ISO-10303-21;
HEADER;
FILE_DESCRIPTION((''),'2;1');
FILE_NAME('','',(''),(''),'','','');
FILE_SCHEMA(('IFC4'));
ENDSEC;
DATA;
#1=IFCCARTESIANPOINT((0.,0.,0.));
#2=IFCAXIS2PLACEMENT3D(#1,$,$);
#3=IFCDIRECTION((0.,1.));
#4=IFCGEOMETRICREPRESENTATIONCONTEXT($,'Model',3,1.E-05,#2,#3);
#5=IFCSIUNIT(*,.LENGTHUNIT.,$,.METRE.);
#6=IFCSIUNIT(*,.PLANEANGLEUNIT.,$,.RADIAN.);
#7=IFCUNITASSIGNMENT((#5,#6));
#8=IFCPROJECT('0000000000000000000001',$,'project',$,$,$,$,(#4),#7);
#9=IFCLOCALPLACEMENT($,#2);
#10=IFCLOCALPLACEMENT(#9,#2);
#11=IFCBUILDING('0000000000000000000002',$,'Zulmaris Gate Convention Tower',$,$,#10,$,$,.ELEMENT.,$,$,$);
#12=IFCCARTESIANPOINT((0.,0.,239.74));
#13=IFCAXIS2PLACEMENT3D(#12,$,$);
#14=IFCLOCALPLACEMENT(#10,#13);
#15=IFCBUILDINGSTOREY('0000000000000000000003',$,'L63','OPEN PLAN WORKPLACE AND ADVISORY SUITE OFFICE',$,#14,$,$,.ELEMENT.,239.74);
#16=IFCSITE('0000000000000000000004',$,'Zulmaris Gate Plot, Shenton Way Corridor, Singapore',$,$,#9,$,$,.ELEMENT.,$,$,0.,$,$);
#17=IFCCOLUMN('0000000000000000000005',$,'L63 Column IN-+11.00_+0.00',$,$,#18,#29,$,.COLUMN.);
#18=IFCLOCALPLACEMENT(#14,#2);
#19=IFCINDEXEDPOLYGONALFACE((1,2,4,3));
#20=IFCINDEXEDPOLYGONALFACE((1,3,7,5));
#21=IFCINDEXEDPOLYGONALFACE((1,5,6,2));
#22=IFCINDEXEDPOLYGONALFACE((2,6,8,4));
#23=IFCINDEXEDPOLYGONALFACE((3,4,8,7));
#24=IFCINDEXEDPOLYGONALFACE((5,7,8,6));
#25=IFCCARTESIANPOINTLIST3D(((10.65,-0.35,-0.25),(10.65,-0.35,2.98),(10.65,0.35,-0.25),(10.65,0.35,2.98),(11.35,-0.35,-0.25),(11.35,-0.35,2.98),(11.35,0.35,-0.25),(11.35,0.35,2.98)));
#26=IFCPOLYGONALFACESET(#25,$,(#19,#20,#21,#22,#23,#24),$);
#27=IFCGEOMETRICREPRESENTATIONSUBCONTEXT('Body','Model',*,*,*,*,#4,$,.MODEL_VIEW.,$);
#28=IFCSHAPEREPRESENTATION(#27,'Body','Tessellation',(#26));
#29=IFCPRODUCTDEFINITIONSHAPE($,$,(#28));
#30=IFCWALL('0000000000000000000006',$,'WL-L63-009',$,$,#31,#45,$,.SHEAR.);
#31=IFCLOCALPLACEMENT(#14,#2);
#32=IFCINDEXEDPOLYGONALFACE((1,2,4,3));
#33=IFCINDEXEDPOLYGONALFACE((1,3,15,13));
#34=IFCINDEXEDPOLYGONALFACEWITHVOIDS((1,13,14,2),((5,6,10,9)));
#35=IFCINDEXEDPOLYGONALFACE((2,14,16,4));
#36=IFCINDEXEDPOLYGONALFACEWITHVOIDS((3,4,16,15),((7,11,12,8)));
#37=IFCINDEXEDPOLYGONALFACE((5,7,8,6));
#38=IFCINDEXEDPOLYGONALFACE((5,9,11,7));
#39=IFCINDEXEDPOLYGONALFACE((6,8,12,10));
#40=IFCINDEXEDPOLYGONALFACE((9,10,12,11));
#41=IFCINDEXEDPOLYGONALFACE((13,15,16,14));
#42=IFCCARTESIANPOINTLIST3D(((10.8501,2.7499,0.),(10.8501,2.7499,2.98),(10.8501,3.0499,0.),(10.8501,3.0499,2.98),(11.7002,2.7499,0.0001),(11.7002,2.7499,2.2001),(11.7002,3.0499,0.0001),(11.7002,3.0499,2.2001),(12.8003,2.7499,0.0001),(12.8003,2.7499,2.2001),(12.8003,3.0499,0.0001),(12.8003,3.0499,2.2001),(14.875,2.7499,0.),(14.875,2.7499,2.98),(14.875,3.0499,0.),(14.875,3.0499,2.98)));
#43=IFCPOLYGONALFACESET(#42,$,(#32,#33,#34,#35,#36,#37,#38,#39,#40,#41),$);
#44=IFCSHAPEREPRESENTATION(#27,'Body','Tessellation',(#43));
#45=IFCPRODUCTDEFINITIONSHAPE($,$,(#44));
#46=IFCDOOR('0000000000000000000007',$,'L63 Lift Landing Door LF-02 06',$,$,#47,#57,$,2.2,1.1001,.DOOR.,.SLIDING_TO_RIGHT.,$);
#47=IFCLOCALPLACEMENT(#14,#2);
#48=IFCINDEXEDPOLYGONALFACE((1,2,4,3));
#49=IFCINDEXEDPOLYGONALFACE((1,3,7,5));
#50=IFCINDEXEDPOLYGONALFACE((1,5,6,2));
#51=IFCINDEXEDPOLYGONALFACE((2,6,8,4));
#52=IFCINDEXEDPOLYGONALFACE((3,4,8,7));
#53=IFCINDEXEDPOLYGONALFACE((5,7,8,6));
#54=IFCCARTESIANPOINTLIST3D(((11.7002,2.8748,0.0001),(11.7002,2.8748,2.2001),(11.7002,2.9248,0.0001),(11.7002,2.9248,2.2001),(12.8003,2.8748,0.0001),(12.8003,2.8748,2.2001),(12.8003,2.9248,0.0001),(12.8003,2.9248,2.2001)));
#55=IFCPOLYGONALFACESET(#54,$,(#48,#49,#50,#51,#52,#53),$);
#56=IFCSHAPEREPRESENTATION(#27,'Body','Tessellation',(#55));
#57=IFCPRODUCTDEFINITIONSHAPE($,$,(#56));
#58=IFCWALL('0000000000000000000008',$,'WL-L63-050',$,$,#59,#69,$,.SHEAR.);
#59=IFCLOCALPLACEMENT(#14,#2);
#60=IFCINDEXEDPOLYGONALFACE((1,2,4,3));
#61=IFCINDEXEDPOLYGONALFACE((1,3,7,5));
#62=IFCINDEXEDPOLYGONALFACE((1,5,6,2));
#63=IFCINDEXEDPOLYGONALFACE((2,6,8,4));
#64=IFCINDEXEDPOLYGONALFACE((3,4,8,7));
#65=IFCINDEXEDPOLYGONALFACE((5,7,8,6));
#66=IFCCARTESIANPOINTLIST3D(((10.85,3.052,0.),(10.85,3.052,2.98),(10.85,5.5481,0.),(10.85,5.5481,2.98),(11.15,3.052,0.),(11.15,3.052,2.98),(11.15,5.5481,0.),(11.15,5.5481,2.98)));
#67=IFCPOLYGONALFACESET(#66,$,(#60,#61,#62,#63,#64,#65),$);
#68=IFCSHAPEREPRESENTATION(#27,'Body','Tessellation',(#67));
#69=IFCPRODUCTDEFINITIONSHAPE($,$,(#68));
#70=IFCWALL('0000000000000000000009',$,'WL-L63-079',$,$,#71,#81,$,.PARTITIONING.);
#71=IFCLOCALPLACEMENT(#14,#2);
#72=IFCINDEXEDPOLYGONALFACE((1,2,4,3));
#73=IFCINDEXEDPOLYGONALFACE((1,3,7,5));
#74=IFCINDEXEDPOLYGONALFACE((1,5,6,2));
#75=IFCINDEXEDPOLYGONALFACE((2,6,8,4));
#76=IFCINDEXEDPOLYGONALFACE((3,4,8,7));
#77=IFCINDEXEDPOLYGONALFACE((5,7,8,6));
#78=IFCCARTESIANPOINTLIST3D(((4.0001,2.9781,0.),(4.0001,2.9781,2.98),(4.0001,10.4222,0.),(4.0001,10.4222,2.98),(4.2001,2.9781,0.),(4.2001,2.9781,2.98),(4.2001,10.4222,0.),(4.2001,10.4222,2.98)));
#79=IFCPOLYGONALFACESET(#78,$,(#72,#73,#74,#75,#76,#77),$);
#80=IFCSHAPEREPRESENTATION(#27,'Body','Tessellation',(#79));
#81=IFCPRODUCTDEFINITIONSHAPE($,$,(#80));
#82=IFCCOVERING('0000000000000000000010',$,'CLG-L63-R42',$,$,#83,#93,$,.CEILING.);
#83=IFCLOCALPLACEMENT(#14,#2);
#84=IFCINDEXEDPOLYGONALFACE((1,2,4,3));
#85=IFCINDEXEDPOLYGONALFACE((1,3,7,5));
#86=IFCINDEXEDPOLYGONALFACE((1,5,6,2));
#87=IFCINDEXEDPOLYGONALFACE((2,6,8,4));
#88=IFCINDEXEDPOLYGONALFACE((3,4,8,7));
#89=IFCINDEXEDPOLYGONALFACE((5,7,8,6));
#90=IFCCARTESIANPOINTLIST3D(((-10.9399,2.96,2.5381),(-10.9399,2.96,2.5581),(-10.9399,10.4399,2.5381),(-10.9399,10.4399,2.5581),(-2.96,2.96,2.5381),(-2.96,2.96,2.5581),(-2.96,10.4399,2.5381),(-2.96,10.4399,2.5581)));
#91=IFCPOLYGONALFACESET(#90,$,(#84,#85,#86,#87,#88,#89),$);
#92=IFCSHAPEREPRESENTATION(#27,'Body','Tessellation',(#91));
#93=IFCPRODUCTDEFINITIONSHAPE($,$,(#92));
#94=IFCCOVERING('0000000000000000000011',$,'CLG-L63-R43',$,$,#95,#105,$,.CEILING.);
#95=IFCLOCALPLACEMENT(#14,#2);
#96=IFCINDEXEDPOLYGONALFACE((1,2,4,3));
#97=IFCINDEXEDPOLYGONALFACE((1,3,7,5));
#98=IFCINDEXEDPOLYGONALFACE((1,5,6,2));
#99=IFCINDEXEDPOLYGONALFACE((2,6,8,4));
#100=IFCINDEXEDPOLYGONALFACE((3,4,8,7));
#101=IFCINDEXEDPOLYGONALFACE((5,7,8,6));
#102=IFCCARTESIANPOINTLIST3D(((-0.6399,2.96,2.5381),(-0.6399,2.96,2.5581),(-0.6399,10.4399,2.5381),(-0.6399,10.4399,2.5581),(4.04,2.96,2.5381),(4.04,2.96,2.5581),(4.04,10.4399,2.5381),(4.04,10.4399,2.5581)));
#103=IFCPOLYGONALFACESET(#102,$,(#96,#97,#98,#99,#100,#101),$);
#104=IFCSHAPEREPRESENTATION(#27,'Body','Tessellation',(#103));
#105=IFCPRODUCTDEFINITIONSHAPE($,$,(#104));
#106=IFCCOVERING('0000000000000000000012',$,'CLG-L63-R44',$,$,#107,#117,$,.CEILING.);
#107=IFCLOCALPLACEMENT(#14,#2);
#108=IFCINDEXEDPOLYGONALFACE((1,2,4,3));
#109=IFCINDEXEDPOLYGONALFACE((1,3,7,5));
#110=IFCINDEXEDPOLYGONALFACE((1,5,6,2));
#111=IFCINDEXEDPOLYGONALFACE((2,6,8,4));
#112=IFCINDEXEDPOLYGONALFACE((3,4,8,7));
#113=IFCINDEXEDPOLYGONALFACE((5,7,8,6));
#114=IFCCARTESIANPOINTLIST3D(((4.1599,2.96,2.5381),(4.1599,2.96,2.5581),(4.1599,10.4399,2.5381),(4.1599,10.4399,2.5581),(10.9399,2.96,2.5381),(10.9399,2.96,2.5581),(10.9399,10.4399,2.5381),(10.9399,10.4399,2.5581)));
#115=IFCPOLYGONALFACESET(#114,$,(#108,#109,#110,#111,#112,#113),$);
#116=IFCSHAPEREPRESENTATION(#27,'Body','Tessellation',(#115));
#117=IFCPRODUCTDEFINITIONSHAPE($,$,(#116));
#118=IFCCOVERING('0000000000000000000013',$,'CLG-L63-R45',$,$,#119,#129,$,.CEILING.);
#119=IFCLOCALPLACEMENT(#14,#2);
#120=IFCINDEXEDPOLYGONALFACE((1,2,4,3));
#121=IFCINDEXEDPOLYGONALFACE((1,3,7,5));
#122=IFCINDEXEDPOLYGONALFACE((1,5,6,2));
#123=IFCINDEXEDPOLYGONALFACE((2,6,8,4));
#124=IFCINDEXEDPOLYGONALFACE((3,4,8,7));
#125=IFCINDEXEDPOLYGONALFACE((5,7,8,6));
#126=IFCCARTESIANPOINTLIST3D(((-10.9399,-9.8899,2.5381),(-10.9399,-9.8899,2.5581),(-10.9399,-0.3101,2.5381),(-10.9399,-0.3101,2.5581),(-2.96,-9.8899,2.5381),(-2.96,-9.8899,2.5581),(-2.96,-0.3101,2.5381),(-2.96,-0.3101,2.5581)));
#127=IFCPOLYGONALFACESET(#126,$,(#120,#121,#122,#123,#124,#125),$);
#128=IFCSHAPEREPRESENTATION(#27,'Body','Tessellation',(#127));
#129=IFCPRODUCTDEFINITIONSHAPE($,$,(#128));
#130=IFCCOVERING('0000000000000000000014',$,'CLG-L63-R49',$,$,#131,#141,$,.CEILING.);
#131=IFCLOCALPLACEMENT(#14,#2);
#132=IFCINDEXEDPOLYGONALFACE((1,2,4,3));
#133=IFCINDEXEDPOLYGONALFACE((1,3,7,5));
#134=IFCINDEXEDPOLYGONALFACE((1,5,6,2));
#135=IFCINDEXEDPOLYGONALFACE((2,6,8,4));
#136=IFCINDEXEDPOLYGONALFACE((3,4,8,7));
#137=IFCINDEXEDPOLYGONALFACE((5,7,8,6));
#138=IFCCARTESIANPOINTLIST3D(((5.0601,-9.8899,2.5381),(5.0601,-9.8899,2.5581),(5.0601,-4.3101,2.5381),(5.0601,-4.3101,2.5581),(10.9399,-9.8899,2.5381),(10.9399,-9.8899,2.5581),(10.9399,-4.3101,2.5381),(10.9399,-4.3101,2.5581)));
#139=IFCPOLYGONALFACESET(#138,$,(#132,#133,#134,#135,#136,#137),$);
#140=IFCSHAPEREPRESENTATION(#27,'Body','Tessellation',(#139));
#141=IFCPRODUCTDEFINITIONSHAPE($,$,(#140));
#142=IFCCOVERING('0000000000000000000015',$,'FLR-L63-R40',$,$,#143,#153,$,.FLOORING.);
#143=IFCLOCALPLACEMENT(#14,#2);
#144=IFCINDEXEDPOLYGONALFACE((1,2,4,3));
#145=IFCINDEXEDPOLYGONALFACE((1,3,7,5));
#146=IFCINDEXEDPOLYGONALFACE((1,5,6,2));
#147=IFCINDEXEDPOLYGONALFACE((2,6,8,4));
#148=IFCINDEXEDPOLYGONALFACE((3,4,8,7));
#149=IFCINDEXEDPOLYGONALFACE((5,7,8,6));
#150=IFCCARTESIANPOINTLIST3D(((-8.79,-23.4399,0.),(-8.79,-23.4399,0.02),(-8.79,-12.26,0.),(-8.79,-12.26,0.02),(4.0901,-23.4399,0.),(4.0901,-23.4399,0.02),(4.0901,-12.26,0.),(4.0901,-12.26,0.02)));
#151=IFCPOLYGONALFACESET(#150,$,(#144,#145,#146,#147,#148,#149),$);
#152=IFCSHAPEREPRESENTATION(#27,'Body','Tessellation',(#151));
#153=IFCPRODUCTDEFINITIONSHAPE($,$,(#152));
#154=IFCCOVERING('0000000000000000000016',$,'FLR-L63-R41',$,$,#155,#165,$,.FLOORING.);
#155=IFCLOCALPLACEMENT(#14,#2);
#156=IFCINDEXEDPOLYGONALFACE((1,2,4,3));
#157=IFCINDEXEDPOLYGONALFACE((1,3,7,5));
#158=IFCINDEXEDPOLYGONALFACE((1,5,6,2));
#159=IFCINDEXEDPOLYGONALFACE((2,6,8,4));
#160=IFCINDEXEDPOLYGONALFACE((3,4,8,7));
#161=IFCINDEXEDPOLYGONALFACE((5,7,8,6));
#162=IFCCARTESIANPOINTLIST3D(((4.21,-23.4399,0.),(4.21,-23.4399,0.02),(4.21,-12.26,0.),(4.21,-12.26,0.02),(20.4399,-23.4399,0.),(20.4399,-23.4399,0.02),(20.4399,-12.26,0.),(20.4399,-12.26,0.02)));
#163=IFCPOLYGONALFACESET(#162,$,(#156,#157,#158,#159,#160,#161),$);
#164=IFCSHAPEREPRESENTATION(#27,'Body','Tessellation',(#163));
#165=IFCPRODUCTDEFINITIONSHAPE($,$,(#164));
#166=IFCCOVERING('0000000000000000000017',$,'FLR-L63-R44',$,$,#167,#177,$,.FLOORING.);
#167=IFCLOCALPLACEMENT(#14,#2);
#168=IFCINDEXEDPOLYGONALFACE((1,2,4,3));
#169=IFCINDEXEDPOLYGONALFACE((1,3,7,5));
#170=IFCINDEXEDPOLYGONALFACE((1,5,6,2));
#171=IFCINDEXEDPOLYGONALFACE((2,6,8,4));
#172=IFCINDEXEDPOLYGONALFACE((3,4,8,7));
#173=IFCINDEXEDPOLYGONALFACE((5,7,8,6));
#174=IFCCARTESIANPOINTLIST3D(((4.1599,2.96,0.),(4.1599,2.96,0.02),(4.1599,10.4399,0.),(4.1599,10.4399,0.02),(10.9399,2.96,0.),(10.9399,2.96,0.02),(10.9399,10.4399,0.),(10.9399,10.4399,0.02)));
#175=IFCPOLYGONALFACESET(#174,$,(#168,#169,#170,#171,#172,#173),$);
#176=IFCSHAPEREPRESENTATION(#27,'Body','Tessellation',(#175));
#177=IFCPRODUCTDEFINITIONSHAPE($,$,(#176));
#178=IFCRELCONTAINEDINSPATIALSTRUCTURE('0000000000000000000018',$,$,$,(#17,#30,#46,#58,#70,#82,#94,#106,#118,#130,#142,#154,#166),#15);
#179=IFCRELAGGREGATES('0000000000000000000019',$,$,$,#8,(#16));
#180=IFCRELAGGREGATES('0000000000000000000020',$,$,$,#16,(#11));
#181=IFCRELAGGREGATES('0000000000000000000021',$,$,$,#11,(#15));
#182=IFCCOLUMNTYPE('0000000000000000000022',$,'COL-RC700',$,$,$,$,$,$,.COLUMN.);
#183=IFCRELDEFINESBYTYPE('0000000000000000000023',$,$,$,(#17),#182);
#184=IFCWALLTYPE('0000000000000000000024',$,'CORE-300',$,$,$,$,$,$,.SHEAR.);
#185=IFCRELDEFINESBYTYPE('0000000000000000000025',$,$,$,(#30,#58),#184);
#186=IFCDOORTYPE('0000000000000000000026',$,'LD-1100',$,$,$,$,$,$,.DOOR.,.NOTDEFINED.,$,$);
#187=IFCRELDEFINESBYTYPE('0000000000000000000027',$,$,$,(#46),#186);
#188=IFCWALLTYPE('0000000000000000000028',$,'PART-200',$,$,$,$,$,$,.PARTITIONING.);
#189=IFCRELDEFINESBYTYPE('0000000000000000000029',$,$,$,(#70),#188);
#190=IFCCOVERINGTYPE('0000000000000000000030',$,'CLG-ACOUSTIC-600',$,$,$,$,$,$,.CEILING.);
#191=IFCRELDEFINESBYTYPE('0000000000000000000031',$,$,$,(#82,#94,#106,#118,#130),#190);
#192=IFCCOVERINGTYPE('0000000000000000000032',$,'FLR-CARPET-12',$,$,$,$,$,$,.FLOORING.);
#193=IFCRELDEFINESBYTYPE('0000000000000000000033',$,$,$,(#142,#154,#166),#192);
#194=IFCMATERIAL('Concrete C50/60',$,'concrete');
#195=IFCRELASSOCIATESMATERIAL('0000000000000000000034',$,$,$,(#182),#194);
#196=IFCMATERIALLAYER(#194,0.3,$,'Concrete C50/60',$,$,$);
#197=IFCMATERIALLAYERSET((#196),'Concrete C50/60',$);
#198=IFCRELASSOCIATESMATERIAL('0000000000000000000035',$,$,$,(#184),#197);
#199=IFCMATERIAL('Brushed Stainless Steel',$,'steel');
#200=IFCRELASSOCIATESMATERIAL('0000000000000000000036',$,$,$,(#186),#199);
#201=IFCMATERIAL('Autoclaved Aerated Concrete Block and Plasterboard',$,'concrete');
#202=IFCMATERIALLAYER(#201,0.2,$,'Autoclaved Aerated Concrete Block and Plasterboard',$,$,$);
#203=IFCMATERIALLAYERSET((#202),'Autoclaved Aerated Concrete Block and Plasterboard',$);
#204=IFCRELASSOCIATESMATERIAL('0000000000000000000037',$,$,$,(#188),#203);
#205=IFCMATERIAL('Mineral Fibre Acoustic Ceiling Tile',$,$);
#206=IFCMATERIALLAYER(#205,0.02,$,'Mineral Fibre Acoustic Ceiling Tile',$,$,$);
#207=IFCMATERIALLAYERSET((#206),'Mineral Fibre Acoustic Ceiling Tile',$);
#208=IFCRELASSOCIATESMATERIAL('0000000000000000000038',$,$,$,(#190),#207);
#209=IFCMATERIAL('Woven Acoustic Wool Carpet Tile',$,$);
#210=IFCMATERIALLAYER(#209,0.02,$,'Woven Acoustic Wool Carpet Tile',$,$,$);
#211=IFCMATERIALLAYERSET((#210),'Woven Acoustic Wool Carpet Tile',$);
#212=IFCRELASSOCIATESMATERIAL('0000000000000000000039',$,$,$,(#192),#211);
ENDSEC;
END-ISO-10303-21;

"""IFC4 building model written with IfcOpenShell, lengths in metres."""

from ifc_helpers import new_model, si_unit, direction, frame, frame_2d, origin, origin_2d, place, context, subcontext, project, spatial, polyline, rectangle, outline, extrude, material, layer, layer_set, material_profile, profile_set, type_object, element, fill, save


model = new_model("IFC4")

# Units and contexts
model_context = context("Model", 3, precision=1e-05, world=origin(), true_north=direction((0.0, 1.0)))
body_context = subcontext(model_context, "Body", "Model", "MODEL_VIEW")
ifc_project = project(units=[si_unit("LENGTHUNIT", "METRE"), si_unit("PLANEANGLEUNIT", "RADIAN")], contexts=[model_context])

# Site, building, storey
site_placement = place(None, origin())
site = spatial("IfcSite", under=ifc_project, at=site_placement, Name="Zulmaris Gate Plot, Shenton Way Corridor, Singapore", CompositionType="ELEMENT", RefElevation=0.0)
building_placement = place(site_placement, origin())
building = spatial("IfcBuilding", under=site, at=building_placement, Name="Zulmaris Gate Convention Tower", CompositionType="ELEMENT")
storey_placement = place(building_placement, frame((0.0, 0.0, 239.74)))
storey = spatial("IfcBuildingStorey", under=building, at=storey_placement, Name="L63", Description="OPEN PLAN WORKPLACE AND ADVISORY SUITE OFFICE", CompositionType="ELEMENT", Elevation=239.74)

# Column
ifc_material_1 = material(Name="Concrete C50/60", Category="concrete")
ifc_material_profile = material_profile(ifc_material_1, rectangle(XDim=0.7, YDim=0.7, at=origin_2d()), Name="RC COL 700x700")
ifc_profile_set = profile_set([ifc_material_profile], Name="Concrete C50/60")
column_type = type_object("IfcColumnType", Name="COL-RC700", PredefinedType="COLUMN", material=ifc_profile_set)
column_placement = place(storey_placement, frame((11.0, 0.0, -0.25), z_axis=(0.0, 0.0, 1.0), x_axis=(1.0, 0.0, 0.0)))
element("IfcColumn", 1, at=column_placement, inside=storey, type_object=column_type, Name="L63 Column IN-+11.00_+0.00", PredefinedType="COLUMN", context=body_context, shape_type="SweptSolid", body=[
    extrude(rectangle(XDim=0.7, YDim=0.7, at=origin_2d()), origin(), (0.0, 0.0, 1.0), 3.23),
])

# Wall, opening, door
ifc_layer_1 = layer(ifc_material_1, 0.3, Name="Concrete C50/60")
ifc_layer_set_1 = layer_set([ifc_layer_1], Name="Concrete C50/60")
wall_type_1 = type_object("IfcWallType", Name="CORE-300", PredefinedType="SHEAR", material=ifc_layer_set_1)
wall_1_placement = place(storey_placement, frame((10.8501, 2.8999, 0.0), z_axis=(0.0, 0.0, 1.0), x_axis=(1.0, 0.0, 0.0)))
wall_1 = element("IfcWall", 2, at=wall_1_placement, inside=storey, type_object=wall_type_1, Name="WL-L63-009", PredefinedType="SHEAR", context=body_context, shape_type="SweptSolid", body=[
    extrude(rectangle(XDim=4.0249, YDim=0.3, at=frame_2d((2.0125, 0.0))), origin(), (0.0, 0.0, 1.0), 2.98),
])
opening_1_placement = place(wall_1_placement, frame((0.8501, 0.0, 0.0)))
opening_1 = element("IfcOpeningElement", 3, at=opening_1_placement, cuts=wall_1, PredefinedType="OPENING", context=body_context, shape_type="SweptSolid", body=[
    extrude(rectangle(XDim=1.1001, YDim=2.2, at=frame_2d((0.55, 1.1001))), frame((0.0, 0.1602, 0.0), z_axis=(0.0, -1.0, 0.0), x_axis=(1.0, 0.0, 0.0)), (0.0, 0.0, 1.0), 0.3201),
])
ifc_material_2 = material(Name="Brushed Stainless Steel", Category="steel")
door_type_1 = type_object("IfcDoorType", Name="LD-1100", OperationType="NOTDEFINED", PredefinedType="DOOR", material=ifc_material_2)
door_1_placement = place(opening_1_placement, origin())
door_1 = element("IfcDoor", 4, at=door_1_placement, inside=storey, type_object=door_type_1, Name="L63 Lift Landing Door LF-02 06", OperationType="SLIDING_TO_RIGHT", OverallHeight=2.2, OverallWidth=1.1001, PredefinedType="DOOR", context=body_context, shape_type="SweptSolid", body=[
    extrude(rectangle(XDim=1.1001, YDim=2.2, at=frame_2d((0.55, 1.1001))), frame((0.0, 0.0249, 0.0), z_axis=(0.0, -1.0, 0.0), x_axis=(1.0, 0.0, 0.0)), (0.0, 0.0, 1.0), 0.05),
])
fill(opening_1, door_1)

# Walls
wall_2_placement = place(storey_placement, frame((11.0, 3.052, 0.0), z_axis=(0.0, 0.0, 1.0), x_axis=(0.0, 1.0, 0.0)))
element("IfcWall", 5, at=wall_2_placement, inside=storey, type_object=wall_type_1, Name="WL-L63-050", PredefinedType="SHEAR", context=body_context, shape_type="SweptSolid", body=[
    extrude(rectangle(XDim=2.4961, YDim=0.3, at=frame_2d((1.248, 0.0))), origin(), (0.0, 0.0, 1.0), 2.98),
])
ifc_material_3 = material(Name="Autoclaved Aerated Concrete Block and Plasterboard", Category="concrete")
ifc_layer_2 = layer(ifc_material_3, 0.2, Name="Autoclaved Aerated Concrete Block and Plasterboard")
ifc_layer_set_2 = layer_set([ifc_layer_2], Name="Autoclaved Aerated Concrete Block and Plasterboard")
wall_type_2 = type_object("IfcWallType", Name="PART-200", PredefinedType="PARTITIONING", material=ifc_layer_set_2)
wall_3_placement = place(storey_placement, frame((4.1001, 2.978, 0.0), z_axis=(0.0, 0.0, 1.0), x_axis=(0.0, 1.0, 0.0)))
element("IfcWall", 6, at=wall_3_placement, inside=storey, type_object=wall_type_2, Name="WL-L63-079", PredefinedType="PARTITIONING", context=body_context, shape_type="SweptSolid", body=[
    extrude(rectangle(XDim=7.4441, YDim=0.2, at=frame_2d((3.7222, 0.0))), origin(), (0.0, 0.0, 1.0), 2.98),
])

# Coverings
ifc_material_4 = material(Name="Mineral Fibre Acoustic Ceiling Tile")
ifc_layer_3 = layer(ifc_material_4, 0.02, Name="Mineral Fibre Acoustic Ceiling Tile")
ifc_layer_set_3 = layer_set([ifc_layer_3], Name="Mineral Fibre Acoustic Ceiling Tile")
covering_type_1 = type_object("IfcCoveringType", Name="CLG-ACOUSTIC-600", PredefinedType="CEILING", material=ifc_layer_set_3)
covering_1_placement = place(storey_placement, frame((0.0, 0.0, 2.5381)))
element("IfcCovering", 7, at=covering_1_placement, inside=storey, type_object=covering_type_1, Name="CLG-L63-R42", PredefinedType="CEILING", context=body_context, shape_type="SweptSolid", body=[
    extrude(outline(polyline([(-10.9399, 2.96), (-2.96, 2.96), (-2.96, 10.4399), (-10.9399, 10.4399), (-10.9399, 2.96)])), origin(), (0.0, 0.0, 1.0), 0.02),
])
covering_2_placement = place(storey_placement, frame((0.0, 0.0, 2.5381)))
element("IfcCovering", 8, at=covering_2_placement, inside=storey, type_object=covering_type_1, Name="CLG-L63-R43", PredefinedType="CEILING", context=body_context, shape_type="SweptSolid", body=[
    extrude(outline(polyline([(-0.6399, 2.96), (4.04, 2.96), (4.04, 10.4399), (-0.6399, 10.4399), (-0.6399, 2.96)])), origin(), (0.0, 0.0, 1.0), 0.02),
])
covering_3_placement = place(storey_placement, frame((0.0, 0.0, 2.5381)))
element("IfcCovering", 9, at=covering_3_placement, inside=storey, type_object=covering_type_1, Name="CLG-L63-R44", PredefinedType="CEILING", context=body_context, shape_type="SweptSolid", body=[
    extrude(outline(polyline([(4.1599, 2.96), (10.9399, 2.96), (10.9399, 10.4399), (4.1599, 10.4399), (4.1599, 2.96)])), origin(), (0.0, 0.0, 1.0), 0.02),
])
covering_4_placement = place(storey_placement, frame((0.0, 0.0, 2.5381)))
element("IfcCovering", 10, at=covering_4_placement, inside=storey, type_object=covering_type_1, Name="CLG-L63-R45", PredefinedType="CEILING", context=body_context, shape_type="SweptSolid", body=[
    extrude(outline(polyline([(-10.9399, -9.8899), (-2.96, -9.8899), (-2.96, -0.3101), (-10.9399, -0.3101), (-10.9399, -9.8899)])), origin(), (0.0, 0.0, 1.0), 0.02),
])
covering_5_placement = place(storey_placement, frame((0.0, 0.0, 2.5381)))
element("IfcCovering", 11, at=covering_5_placement, inside=storey, type_object=covering_type_1, Name="CLG-L63-R49", PredefinedType="CEILING", context=body_context, shape_type="SweptSolid", body=[
    extrude(outline(polyline([(5.0601, -9.8899), (10.9399, -9.8899), (10.9399, -4.3101), (5.0601, -4.3101), (5.0601, -9.8899)])), origin(), (0.0, 0.0, 1.0), 0.02),
])
ifc_material_5 = material(Name="Woven Acoustic Wool Carpet Tile")
ifc_layer_4 = layer(ifc_material_5, 0.02, Name="Woven Acoustic Wool Carpet Tile")
ifc_layer_set_4 = layer_set([ifc_layer_4], Name="Woven Acoustic Wool Carpet Tile")
covering_type_2 = type_object("IfcCoveringType", Name="FLR-CARPET-12", PredefinedType="FLOORING", material=ifc_layer_set_4)
covering_6_placement = place(storey_placement, origin())
element("IfcCovering", 12, at=covering_6_placement, inside=storey, type_object=covering_type_2, Name="FLR-L63-R40", PredefinedType="FLOORING", context=body_context, shape_type="SweptSolid", body=[
    extrude(outline(polyline([(-8.79, -23.4399), (4.0901, -23.4399), (4.0901, -12.26), (-8.79, -12.26), (-8.79, -23.4399)])), origin(), (0.0, 0.0, 1.0), 0.02),
])
covering_7_placement = place(storey_placement, origin())
element("IfcCovering", 13, at=covering_7_placement, inside=storey, type_object=covering_type_2, Name="FLR-L63-R41", PredefinedType="FLOORING", context=body_context, shape_type="SweptSolid", body=[
    extrude(outline(polyline([(4.21, -23.4399), (20.4399, -23.4399), (20.4399, -12.26), (4.21, -12.26), (4.21, -23.4399)])), origin(), (0.0, 0.0, 1.0), 0.02),
])
covering_8_placement = place(storey_placement, origin())
element("IfcCovering", 14, at=covering_8_placement, inside=storey, type_object=covering_type_2, Name="FLR-L63-R44", PredefinedType="FLOORING", context=body_context, shape_type="SweptSolid", body=[
    extrude(outline(polyline([(4.1599, 2.96), (10.9399, 2.96), (10.9399, 10.4399), (4.1599, 10.4399), (4.1599, 2.96)])), origin(), (0.0, 0.0, 1.0), 0.02),
])

save(model, "model.ifc")
